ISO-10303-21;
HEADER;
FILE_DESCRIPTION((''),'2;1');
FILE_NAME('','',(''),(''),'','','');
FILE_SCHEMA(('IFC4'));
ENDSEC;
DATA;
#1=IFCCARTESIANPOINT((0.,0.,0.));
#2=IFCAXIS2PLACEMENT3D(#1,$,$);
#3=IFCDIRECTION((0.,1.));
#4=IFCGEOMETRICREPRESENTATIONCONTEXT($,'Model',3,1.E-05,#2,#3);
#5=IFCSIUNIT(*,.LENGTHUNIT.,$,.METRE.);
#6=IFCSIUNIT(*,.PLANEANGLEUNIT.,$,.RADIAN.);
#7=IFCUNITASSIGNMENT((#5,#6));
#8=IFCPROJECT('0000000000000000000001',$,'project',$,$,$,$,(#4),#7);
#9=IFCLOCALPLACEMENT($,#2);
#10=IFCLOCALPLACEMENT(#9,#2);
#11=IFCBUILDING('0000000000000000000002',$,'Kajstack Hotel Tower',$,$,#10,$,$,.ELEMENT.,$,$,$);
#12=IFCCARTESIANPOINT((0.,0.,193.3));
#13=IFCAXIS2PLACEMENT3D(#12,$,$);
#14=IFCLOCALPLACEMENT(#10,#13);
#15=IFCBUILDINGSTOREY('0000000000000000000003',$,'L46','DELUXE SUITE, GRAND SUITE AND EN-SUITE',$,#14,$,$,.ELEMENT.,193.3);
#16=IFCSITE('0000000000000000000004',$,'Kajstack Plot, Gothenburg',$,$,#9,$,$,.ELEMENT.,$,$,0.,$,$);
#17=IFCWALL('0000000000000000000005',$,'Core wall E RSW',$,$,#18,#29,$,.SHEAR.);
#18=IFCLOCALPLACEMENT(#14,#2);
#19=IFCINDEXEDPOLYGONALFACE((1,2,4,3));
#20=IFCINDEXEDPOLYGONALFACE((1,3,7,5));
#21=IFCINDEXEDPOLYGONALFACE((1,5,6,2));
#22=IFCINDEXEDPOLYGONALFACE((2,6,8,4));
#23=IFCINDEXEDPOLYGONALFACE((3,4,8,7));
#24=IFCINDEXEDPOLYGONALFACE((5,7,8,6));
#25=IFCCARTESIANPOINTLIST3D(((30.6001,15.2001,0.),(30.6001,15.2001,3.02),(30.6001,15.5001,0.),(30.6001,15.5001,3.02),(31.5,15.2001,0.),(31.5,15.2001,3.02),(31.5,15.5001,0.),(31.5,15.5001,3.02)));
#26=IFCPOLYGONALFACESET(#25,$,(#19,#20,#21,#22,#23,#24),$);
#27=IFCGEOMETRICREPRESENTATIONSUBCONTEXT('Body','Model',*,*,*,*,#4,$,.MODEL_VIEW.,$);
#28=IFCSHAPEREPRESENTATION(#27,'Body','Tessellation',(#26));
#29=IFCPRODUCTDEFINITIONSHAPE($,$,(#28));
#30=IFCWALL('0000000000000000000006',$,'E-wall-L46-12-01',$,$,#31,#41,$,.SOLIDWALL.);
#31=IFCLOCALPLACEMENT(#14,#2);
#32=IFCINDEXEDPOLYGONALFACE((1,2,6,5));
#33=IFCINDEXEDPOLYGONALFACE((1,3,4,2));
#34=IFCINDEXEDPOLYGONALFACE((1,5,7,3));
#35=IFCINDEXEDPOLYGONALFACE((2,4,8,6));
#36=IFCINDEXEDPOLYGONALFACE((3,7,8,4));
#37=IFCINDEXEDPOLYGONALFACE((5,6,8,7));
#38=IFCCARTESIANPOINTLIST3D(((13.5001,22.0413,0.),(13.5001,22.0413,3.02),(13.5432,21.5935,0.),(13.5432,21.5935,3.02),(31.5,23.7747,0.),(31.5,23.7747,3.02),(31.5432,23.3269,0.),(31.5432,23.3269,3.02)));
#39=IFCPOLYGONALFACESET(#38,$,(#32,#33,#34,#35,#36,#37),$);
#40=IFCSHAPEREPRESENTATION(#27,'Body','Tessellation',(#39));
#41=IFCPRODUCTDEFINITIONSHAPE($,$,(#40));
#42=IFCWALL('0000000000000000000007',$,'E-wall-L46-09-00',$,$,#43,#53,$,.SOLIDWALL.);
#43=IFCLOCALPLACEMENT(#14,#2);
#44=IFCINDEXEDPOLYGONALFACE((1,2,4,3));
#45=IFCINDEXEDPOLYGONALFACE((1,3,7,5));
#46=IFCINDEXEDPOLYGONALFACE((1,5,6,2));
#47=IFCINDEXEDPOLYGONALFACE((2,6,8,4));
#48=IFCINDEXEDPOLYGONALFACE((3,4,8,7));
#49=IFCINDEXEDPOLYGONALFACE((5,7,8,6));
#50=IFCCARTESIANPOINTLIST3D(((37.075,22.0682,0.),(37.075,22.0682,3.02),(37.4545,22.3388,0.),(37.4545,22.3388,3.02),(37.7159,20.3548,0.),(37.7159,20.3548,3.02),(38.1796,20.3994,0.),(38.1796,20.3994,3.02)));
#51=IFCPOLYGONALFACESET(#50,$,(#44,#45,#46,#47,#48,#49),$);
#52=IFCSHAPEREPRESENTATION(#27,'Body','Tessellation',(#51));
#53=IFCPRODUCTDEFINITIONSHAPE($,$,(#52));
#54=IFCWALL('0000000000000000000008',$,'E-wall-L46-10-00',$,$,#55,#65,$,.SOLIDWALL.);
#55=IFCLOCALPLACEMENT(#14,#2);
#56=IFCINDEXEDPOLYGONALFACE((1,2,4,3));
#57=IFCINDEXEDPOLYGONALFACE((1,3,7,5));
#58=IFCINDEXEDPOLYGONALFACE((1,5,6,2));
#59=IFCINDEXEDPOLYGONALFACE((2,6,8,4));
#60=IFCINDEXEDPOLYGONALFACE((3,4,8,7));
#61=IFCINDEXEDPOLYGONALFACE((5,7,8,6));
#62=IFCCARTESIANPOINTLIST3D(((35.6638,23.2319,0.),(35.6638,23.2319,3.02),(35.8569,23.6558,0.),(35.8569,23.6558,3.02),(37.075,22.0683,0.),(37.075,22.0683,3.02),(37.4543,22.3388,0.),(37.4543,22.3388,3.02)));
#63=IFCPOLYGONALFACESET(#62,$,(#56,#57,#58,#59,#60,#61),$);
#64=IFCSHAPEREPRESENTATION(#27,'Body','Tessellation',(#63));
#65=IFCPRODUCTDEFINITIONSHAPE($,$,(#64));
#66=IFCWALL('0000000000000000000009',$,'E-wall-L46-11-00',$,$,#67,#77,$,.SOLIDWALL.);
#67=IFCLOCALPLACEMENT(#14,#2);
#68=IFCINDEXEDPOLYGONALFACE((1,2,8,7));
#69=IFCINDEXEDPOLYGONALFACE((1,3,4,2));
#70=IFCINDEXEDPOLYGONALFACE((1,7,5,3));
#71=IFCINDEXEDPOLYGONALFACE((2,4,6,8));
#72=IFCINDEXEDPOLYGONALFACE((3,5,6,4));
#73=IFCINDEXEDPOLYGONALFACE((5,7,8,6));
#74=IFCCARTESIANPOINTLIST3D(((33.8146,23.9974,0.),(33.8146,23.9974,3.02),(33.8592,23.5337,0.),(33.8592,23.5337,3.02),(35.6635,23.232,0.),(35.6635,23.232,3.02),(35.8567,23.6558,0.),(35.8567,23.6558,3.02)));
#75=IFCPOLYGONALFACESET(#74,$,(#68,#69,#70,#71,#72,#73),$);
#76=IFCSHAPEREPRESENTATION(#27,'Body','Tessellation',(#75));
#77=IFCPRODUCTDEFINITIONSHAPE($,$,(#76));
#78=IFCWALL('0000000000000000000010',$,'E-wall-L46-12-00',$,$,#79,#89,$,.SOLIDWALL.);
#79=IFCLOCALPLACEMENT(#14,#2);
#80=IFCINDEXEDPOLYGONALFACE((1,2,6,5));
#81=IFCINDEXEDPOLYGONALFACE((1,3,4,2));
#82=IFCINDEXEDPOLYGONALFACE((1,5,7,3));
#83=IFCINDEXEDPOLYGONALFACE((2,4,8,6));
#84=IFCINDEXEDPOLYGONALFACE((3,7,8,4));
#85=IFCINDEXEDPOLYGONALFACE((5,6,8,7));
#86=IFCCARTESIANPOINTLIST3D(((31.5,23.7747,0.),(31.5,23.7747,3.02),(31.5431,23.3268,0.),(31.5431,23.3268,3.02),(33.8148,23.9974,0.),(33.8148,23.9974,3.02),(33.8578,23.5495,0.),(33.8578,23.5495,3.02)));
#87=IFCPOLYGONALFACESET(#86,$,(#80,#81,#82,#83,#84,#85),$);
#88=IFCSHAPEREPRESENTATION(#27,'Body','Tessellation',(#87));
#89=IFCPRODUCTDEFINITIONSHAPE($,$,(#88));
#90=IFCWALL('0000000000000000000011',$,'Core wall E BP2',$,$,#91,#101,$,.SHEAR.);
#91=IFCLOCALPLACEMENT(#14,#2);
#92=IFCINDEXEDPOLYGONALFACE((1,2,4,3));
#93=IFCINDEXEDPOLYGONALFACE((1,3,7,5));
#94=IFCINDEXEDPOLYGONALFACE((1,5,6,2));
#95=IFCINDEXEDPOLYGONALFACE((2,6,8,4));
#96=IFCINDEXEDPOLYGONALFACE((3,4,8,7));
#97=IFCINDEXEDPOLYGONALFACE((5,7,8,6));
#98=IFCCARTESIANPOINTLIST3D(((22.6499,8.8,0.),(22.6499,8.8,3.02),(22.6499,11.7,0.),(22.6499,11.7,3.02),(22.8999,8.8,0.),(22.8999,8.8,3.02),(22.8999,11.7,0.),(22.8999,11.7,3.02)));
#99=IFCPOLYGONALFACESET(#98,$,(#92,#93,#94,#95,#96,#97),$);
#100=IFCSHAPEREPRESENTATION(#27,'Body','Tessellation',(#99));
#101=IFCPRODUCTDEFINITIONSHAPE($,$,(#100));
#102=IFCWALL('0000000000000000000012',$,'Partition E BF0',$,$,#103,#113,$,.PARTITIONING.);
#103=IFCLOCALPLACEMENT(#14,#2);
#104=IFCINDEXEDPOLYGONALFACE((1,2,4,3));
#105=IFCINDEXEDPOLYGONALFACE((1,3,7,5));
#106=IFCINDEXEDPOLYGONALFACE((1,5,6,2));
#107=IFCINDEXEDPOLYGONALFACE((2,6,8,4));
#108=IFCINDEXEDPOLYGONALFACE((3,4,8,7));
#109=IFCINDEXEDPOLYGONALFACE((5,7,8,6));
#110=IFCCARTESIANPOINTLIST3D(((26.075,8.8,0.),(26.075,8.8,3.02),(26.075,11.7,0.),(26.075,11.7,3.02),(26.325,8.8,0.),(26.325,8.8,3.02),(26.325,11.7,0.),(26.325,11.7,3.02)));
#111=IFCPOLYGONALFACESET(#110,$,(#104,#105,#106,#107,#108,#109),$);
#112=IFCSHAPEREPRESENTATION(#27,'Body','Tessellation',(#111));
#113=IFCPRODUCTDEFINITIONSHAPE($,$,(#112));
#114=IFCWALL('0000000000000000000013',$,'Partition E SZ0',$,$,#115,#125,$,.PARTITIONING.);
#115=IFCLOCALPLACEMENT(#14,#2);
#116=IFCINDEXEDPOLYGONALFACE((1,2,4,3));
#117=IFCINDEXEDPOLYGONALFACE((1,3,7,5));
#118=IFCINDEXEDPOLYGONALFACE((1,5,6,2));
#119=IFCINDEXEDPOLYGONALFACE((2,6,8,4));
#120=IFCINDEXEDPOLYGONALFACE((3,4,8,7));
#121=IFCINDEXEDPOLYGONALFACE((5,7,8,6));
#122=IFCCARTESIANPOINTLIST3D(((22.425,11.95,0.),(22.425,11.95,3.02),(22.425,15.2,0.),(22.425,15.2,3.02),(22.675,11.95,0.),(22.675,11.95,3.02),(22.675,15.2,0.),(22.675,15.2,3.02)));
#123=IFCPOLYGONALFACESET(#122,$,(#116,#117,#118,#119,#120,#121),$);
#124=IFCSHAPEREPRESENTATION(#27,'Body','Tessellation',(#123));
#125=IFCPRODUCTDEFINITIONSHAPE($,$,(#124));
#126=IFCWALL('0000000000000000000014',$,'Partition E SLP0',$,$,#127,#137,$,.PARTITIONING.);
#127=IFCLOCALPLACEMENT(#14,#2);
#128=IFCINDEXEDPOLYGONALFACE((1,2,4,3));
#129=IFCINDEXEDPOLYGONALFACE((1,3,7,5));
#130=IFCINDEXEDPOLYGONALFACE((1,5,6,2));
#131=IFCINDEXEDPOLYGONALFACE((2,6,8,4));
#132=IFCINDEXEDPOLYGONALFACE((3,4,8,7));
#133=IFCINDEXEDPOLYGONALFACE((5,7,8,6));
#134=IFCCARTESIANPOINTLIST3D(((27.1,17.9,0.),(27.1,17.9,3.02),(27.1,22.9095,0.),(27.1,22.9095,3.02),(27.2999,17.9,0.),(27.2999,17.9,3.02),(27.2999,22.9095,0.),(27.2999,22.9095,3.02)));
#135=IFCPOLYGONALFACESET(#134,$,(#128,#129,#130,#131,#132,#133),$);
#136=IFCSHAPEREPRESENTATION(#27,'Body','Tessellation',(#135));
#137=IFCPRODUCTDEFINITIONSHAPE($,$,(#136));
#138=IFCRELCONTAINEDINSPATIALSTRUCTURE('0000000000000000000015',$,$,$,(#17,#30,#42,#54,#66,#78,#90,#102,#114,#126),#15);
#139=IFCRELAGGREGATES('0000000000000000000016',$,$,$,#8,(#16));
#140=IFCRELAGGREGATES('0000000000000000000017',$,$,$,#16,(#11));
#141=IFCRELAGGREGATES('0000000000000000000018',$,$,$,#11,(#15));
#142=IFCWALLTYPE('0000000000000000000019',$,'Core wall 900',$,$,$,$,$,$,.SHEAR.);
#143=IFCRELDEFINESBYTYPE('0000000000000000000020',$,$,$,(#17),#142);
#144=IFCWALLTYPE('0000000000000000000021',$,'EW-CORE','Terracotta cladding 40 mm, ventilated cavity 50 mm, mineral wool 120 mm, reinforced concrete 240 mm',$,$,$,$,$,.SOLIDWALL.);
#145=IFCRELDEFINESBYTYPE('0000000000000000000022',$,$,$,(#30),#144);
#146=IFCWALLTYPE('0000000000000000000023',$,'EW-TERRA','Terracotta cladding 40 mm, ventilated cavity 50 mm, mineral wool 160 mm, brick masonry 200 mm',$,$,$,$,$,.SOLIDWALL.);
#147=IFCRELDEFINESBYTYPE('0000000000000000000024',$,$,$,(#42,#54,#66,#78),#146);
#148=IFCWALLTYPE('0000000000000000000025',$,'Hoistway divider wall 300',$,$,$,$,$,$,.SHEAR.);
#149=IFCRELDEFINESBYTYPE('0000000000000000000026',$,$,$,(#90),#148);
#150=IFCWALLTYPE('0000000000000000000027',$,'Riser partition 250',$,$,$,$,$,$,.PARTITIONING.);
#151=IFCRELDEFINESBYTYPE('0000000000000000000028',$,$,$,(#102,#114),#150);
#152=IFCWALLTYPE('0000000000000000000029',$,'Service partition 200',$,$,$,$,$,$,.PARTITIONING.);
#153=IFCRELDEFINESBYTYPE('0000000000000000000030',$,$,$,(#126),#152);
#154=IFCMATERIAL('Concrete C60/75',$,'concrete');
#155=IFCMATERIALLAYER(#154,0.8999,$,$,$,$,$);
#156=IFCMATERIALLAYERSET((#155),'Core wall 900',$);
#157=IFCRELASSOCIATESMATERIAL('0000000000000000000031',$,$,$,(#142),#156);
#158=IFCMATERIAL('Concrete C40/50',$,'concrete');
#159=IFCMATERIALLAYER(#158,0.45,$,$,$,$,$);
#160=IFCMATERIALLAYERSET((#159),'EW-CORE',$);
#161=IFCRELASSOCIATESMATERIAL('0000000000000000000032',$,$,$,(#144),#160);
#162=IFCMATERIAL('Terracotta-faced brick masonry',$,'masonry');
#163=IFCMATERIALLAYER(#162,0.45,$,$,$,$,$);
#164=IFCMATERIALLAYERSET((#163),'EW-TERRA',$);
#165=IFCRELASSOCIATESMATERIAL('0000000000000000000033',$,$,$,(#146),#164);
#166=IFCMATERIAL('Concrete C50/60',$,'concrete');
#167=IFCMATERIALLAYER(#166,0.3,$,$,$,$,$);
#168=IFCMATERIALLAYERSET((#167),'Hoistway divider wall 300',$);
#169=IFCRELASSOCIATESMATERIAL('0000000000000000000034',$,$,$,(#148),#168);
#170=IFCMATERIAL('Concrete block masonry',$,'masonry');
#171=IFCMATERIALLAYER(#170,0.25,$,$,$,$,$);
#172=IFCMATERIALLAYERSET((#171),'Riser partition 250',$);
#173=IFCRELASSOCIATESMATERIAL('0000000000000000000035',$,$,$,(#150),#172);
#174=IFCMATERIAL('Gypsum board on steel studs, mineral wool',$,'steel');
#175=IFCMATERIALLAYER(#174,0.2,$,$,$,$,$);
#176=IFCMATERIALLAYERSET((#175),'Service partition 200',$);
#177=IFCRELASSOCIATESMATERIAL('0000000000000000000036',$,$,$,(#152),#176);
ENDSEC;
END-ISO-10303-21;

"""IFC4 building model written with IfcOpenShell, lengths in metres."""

from ifc_helpers import new_model, si_unit, direction, frame, frame_2d, origin, place, context, subcontext, project, spatial, polyline, rectangle, outline, extrude, material, layer, layer_set, type_object, element, save


model = new_model("IFC4")

# Units and contexts
model_context = context("Model", 3, precision=1e-05, world=origin(), true_north=direction((0.0, 1.0)))
body_context = subcontext(model_context, "Body", "Model", "MODEL_VIEW")
ifc_project = project(units=[si_unit("LENGTHUNIT", "METRE"), si_unit("PLANEANGLEUNIT", "RADIAN")], contexts=[model_context])

# Site, building, storey
site_placement = place(None, origin())
site = spatial("IfcSite", under=ifc_project, at=site_placement, Name="Kajstack Plot, Gothenburg", CompositionType="ELEMENT", RefElevation=0.0)
building_placement = place(site_placement, origin())
building = spatial("IfcBuilding", under=site, at=building_placement, Name="Kajstack Hotel Tower", CompositionType="ELEMENT")
storey_placement = place(building_placement, frame((0.0, 0.0, 193.3)))
storey = spatial("IfcBuildingStorey", under=building, at=storey_placement, Name="L46", Description="DELUXE SUITE, GRAND SUITE AND EN-SUITE", CompositionType="ELEMENT", Elevation=193.3)

# Walls
ifc_material_1 = material(Name="Concrete C60/75", Category="concrete")
ifc_layer_1 = layer(ifc_material_1, 0.8999)
ifc_layer_set_1 = layer_set([ifc_layer_1], Name="Core wall 900")
wall_type_1 = type_object("IfcWallType", Name="Core wall 900", PredefinedType="SHEAR", material=ifc_layer_set_1)
wall_1_placement = place(storey_placement, frame((30.6001, 15.3501, 0.0), z_axis=(0.0, 0.0, 1.0), x_axis=(1.0, 0.0, 0.0)))
element("IfcWall", 1, at=wall_1_placement, inside=storey, type_object=wall_type_1, Name="Core wall E RSW", PredefinedType="SHEAR", context=body_context, shape_type="SweptSolid", body=[
    extrude(rectangle(XDim=0.8999, YDim=0.3, at=frame_2d((0.45, 0.0))), origin(), (0.0, 0.0, 1.0), 3.02),
])
ifc_material_2 = material(Name="Concrete C40/50", Category="concrete")
ifc_layer_2 = layer(ifc_material_2, 0.45)
ifc_layer_set_2 = layer_set([ifc_layer_2], Name="EW-CORE")
wall_type_2 = type_object("IfcWallType", Name="EW-CORE", Description="Terracotta cladding 40 mm, ventilated cavity 50 mm, mineral wool 120 mm, reinforced concrete 240 mm", PredefinedType="SOLIDWALL", material=ifc_layer_set_2)
wall_2_placement = place(storey_placement, frame((31.5215, 23.5508, 0.0), z_axis=(0.0, 0.0, 1.0), x_axis=(-0.995395, -0.095856, 0.0)))
element("IfcWall", 2, at=wall_2_placement, inside=storey, type_object=wall_type_2, Name="E-wall-L46-12-01", PredefinedType="SOLIDWALL", context=body_context, shape_type="SweptSolid", body=[
    extrude(rectangle(XDim=18.0833, YDim=0.45, at=frame_2d((9.0415, 0.0))), origin(), (0.0, 0.0, 1.0), 3.02),
])
ifc_material_3 = material(Name="Terracotta-faced brick masonry", Category="masonry")
ifc_layer_3 = layer(ifc_material_3, 0.45)
ifc_layer_set_3 = layer_set([ifc_layer_3], Name="EW-TERRA")
wall_type_3 = type_object("IfcWallType", Name="EW-TERRA", Description="Terracotta cladding 40 mm, ventilated cavity 50 mm, mineral wool 160 mm, brick masonry 200 mm", PredefinedType="SOLIDWALL", material=ifc_layer_set_3)
wall_3_placement = place(storey_placement, frame((37.9688, 20.3206, 0.0), z_axis=(0.0, 0.0, 1.0), x_axis=(-0.350193, 0.936678, 0.0)))
element("IfcWall", 3, at=wall_3_placement, inside=storey, type_object=wall_type_3, Name="E-wall-L46-09-00", PredefinedType="SOLIDWALL", context=body_context, shape_type="SweptSolid", body=[
    extrude(outline(polyline([(0.0, -0.2251), (2.0706, -0.2251), (1.95, 0.2251), (0.1206, 0.2249), (0.0, -0.2251)])), origin(), (0.0, 0.0, 1.0), 3.02),
])
wall_4_placement = place(storey_placement, frame((37.3113, 22.1653, 0.0), z_axis=(0.0, 0.0, 1.0), x_axis=(-0.771651, 0.636046, 0.0)))
element("IfcWall", 4, at=wall_4_placement, inside=storey, type_object=wall_type_3, Name="E-wall-L46-10-00", PredefinedType="SOLIDWALL", context=body_context, shape_type="SweptSolid", body=[
    extrude(outline(polyline([(0.0, -0.2249), (2.0703, -0.2251), (1.9497, 0.2249), (0.1206, 0.2251), (0.0, -0.2249)])), origin(), (0.0, 0.0, 1.0), 3.02),
])
wall_5_placement = place(storey_placement, frame((35.8196, 23.4338, 0.0), z_axis=(0.0, 0.0, 1.0), x_axis=(-0.986279, 0.165087, 0.0)))
element("IfcWall", 5, at=wall_5_placement, inside=storey, type_object=wall_type_3, Name="E-wall-L46-11-00", PredefinedType="SOLIDWALL", context=body_context, shape_type="SweptSolid", body=[
    extrude(outline(polyline([(0.0, -0.2251), (2.0706, -0.2249), (1.95, 0.2251), (0.1206, 0.2249), (0.0, -0.2251)])), origin(), (0.0, 0.0, 1.0), 3.02),
])
wall_6_placement = place(storey_placement, frame((33.8362, 23.7734, 0.0), z_axis=(0.0, 0.0, 1.0), x_axis=(-0.995405, -0.09575, 0.0)))
element("IfcWall", 6, at=wall_6_placement, inside=storey, type_object=wall_type_3, Name="E-wall-L46-12-00", PredefinedType="SOLIDWALL", context=body_context, shape_type="SweptSolid", body=[
    extrude(rectangle(XDim=2.3254, YDim=0.45, at=frame_2d((1.1626, 0.0))), origin(), (0.0, 0.0, 1.0), 3.02),
])
ifc_material_4 = material(Name="Concrete C50/60", Category="concrete")
ifc_layer_4 = layer(ifc_material_4, 0.3)
ifc_layer_set_4 = layer_set([ifc_layer_4], Name="Hoistway divider wall 300")
wall_type_4 = type_object("IfcWallType", Name="Hoistway divider wall 300", PredefinedType="SHEAR", material=ifc_layer_set_4)
wall_7_placement = place(storey_placement, frame((22.7749, 8.8, 0.0), z_axis=(0.0, 0.0, 1.0), x_axis=(0.0, 1.0, 0.0)))
element("IfcWall", 7, at=wall_7_placement, inside=storey, type_object=wall_type_4, Name="Core wall E BP2", PredefinedType="SHEAR", context=body_context, shape_type="SweptSolid", body=[
    extrude(rectangle(XDim=2.8999, YDim=0.25, at=frame_2d((1.45, 0.0))), origin(), (0.0, 0.0, 1.0), 3.02),
])
ifc_material_5 = material(Name="Concrete block masonry", Category="masonry")
ifc_layer_5 = layer(ifc_material_5, 0.25)
ifc_layer_set_5 = layer_set([ifc_layer_5], Name="Riser partition 250")
wall_type_5 = type_object("IfcWallType", Name="Riser partition 250", PredefinedType="PARTITIONING", material=ifc_layer_set_5)
wall_8_placement = place(storey_placement, frame((26.2, 8.8, 0.0), z_axis=(0.0, 0.0, 1.0), x_axis=(0.0, 1.0, 0.0)))
element("IfcWall", 8, at=wall_8_placement, inside=storey, type_object=wall_type_5, Name="Partition E BF0", PredefinedType="PARTITIONING", context=body_context, shape_type="SweptSolid", body=[
    extrude(rectangle(XDim=2.8999, YDim=0.25, at=frame_2d((1.45, 0.0))), origin(), (0.0, 0.0, 1.0), 3.02),
])
wall_9_placement = place(storey_placement, frame((22.55, 11.95, 0.0), z_axis=(0.0, 0.0, 1.0), x_axis=(0.0, 1.0, 0.0)))
element("IfcWall", 9, at=wall_9_placement, inside=storey, type_object=wall_type_5, Name="Partition E SZ0", PredefinedType="PARTITIONING", context=body_context, shape_type="SweptSolid", body=[
    extrude(rectangle(XDim=3.25, YDim=0.25, at=frame_2d((1.625, 0.0))), origin(), (0.0, 0.0, 1.0), 3.02),
])
ifc_material_6 = material(Name="Gypsum board on steel studs, mineral wool", Category="steel")
ifc_layer_6 = layer(ifc_material_6, 0.2)
ifc_layer_set_6 = layer_set([ifc_layer_6], Name="Service partition 200")
wall_type_6 = type_object("IfcWallType", Name="Service partition 200", PredefinedType="PARTITIONING", material=ifc_layer_set_6)
wall_10_placement = place(storey_placement, frame((27.2, 17.8999, 0.0), z_axis=(0.0, 0.0, 1.0), x_axis=(0.0, 1.0, 0.0)))
element("IfcWall", 10, at=wall_10_placement, inside=storey, type_object=wall_type_6, Name="Partition E SLP0", PredefinedType="PARTITIONING", context=body_context, shape_type="SweptSolid", body=[
    extrude(rectangle(XDim=5.0095, YDim=0.2, at=frame_2d((2.5049, 0.0))), origin(), (0.0, 0.0, 1.0), 3.02),
])

save(model, "model.ifc")
